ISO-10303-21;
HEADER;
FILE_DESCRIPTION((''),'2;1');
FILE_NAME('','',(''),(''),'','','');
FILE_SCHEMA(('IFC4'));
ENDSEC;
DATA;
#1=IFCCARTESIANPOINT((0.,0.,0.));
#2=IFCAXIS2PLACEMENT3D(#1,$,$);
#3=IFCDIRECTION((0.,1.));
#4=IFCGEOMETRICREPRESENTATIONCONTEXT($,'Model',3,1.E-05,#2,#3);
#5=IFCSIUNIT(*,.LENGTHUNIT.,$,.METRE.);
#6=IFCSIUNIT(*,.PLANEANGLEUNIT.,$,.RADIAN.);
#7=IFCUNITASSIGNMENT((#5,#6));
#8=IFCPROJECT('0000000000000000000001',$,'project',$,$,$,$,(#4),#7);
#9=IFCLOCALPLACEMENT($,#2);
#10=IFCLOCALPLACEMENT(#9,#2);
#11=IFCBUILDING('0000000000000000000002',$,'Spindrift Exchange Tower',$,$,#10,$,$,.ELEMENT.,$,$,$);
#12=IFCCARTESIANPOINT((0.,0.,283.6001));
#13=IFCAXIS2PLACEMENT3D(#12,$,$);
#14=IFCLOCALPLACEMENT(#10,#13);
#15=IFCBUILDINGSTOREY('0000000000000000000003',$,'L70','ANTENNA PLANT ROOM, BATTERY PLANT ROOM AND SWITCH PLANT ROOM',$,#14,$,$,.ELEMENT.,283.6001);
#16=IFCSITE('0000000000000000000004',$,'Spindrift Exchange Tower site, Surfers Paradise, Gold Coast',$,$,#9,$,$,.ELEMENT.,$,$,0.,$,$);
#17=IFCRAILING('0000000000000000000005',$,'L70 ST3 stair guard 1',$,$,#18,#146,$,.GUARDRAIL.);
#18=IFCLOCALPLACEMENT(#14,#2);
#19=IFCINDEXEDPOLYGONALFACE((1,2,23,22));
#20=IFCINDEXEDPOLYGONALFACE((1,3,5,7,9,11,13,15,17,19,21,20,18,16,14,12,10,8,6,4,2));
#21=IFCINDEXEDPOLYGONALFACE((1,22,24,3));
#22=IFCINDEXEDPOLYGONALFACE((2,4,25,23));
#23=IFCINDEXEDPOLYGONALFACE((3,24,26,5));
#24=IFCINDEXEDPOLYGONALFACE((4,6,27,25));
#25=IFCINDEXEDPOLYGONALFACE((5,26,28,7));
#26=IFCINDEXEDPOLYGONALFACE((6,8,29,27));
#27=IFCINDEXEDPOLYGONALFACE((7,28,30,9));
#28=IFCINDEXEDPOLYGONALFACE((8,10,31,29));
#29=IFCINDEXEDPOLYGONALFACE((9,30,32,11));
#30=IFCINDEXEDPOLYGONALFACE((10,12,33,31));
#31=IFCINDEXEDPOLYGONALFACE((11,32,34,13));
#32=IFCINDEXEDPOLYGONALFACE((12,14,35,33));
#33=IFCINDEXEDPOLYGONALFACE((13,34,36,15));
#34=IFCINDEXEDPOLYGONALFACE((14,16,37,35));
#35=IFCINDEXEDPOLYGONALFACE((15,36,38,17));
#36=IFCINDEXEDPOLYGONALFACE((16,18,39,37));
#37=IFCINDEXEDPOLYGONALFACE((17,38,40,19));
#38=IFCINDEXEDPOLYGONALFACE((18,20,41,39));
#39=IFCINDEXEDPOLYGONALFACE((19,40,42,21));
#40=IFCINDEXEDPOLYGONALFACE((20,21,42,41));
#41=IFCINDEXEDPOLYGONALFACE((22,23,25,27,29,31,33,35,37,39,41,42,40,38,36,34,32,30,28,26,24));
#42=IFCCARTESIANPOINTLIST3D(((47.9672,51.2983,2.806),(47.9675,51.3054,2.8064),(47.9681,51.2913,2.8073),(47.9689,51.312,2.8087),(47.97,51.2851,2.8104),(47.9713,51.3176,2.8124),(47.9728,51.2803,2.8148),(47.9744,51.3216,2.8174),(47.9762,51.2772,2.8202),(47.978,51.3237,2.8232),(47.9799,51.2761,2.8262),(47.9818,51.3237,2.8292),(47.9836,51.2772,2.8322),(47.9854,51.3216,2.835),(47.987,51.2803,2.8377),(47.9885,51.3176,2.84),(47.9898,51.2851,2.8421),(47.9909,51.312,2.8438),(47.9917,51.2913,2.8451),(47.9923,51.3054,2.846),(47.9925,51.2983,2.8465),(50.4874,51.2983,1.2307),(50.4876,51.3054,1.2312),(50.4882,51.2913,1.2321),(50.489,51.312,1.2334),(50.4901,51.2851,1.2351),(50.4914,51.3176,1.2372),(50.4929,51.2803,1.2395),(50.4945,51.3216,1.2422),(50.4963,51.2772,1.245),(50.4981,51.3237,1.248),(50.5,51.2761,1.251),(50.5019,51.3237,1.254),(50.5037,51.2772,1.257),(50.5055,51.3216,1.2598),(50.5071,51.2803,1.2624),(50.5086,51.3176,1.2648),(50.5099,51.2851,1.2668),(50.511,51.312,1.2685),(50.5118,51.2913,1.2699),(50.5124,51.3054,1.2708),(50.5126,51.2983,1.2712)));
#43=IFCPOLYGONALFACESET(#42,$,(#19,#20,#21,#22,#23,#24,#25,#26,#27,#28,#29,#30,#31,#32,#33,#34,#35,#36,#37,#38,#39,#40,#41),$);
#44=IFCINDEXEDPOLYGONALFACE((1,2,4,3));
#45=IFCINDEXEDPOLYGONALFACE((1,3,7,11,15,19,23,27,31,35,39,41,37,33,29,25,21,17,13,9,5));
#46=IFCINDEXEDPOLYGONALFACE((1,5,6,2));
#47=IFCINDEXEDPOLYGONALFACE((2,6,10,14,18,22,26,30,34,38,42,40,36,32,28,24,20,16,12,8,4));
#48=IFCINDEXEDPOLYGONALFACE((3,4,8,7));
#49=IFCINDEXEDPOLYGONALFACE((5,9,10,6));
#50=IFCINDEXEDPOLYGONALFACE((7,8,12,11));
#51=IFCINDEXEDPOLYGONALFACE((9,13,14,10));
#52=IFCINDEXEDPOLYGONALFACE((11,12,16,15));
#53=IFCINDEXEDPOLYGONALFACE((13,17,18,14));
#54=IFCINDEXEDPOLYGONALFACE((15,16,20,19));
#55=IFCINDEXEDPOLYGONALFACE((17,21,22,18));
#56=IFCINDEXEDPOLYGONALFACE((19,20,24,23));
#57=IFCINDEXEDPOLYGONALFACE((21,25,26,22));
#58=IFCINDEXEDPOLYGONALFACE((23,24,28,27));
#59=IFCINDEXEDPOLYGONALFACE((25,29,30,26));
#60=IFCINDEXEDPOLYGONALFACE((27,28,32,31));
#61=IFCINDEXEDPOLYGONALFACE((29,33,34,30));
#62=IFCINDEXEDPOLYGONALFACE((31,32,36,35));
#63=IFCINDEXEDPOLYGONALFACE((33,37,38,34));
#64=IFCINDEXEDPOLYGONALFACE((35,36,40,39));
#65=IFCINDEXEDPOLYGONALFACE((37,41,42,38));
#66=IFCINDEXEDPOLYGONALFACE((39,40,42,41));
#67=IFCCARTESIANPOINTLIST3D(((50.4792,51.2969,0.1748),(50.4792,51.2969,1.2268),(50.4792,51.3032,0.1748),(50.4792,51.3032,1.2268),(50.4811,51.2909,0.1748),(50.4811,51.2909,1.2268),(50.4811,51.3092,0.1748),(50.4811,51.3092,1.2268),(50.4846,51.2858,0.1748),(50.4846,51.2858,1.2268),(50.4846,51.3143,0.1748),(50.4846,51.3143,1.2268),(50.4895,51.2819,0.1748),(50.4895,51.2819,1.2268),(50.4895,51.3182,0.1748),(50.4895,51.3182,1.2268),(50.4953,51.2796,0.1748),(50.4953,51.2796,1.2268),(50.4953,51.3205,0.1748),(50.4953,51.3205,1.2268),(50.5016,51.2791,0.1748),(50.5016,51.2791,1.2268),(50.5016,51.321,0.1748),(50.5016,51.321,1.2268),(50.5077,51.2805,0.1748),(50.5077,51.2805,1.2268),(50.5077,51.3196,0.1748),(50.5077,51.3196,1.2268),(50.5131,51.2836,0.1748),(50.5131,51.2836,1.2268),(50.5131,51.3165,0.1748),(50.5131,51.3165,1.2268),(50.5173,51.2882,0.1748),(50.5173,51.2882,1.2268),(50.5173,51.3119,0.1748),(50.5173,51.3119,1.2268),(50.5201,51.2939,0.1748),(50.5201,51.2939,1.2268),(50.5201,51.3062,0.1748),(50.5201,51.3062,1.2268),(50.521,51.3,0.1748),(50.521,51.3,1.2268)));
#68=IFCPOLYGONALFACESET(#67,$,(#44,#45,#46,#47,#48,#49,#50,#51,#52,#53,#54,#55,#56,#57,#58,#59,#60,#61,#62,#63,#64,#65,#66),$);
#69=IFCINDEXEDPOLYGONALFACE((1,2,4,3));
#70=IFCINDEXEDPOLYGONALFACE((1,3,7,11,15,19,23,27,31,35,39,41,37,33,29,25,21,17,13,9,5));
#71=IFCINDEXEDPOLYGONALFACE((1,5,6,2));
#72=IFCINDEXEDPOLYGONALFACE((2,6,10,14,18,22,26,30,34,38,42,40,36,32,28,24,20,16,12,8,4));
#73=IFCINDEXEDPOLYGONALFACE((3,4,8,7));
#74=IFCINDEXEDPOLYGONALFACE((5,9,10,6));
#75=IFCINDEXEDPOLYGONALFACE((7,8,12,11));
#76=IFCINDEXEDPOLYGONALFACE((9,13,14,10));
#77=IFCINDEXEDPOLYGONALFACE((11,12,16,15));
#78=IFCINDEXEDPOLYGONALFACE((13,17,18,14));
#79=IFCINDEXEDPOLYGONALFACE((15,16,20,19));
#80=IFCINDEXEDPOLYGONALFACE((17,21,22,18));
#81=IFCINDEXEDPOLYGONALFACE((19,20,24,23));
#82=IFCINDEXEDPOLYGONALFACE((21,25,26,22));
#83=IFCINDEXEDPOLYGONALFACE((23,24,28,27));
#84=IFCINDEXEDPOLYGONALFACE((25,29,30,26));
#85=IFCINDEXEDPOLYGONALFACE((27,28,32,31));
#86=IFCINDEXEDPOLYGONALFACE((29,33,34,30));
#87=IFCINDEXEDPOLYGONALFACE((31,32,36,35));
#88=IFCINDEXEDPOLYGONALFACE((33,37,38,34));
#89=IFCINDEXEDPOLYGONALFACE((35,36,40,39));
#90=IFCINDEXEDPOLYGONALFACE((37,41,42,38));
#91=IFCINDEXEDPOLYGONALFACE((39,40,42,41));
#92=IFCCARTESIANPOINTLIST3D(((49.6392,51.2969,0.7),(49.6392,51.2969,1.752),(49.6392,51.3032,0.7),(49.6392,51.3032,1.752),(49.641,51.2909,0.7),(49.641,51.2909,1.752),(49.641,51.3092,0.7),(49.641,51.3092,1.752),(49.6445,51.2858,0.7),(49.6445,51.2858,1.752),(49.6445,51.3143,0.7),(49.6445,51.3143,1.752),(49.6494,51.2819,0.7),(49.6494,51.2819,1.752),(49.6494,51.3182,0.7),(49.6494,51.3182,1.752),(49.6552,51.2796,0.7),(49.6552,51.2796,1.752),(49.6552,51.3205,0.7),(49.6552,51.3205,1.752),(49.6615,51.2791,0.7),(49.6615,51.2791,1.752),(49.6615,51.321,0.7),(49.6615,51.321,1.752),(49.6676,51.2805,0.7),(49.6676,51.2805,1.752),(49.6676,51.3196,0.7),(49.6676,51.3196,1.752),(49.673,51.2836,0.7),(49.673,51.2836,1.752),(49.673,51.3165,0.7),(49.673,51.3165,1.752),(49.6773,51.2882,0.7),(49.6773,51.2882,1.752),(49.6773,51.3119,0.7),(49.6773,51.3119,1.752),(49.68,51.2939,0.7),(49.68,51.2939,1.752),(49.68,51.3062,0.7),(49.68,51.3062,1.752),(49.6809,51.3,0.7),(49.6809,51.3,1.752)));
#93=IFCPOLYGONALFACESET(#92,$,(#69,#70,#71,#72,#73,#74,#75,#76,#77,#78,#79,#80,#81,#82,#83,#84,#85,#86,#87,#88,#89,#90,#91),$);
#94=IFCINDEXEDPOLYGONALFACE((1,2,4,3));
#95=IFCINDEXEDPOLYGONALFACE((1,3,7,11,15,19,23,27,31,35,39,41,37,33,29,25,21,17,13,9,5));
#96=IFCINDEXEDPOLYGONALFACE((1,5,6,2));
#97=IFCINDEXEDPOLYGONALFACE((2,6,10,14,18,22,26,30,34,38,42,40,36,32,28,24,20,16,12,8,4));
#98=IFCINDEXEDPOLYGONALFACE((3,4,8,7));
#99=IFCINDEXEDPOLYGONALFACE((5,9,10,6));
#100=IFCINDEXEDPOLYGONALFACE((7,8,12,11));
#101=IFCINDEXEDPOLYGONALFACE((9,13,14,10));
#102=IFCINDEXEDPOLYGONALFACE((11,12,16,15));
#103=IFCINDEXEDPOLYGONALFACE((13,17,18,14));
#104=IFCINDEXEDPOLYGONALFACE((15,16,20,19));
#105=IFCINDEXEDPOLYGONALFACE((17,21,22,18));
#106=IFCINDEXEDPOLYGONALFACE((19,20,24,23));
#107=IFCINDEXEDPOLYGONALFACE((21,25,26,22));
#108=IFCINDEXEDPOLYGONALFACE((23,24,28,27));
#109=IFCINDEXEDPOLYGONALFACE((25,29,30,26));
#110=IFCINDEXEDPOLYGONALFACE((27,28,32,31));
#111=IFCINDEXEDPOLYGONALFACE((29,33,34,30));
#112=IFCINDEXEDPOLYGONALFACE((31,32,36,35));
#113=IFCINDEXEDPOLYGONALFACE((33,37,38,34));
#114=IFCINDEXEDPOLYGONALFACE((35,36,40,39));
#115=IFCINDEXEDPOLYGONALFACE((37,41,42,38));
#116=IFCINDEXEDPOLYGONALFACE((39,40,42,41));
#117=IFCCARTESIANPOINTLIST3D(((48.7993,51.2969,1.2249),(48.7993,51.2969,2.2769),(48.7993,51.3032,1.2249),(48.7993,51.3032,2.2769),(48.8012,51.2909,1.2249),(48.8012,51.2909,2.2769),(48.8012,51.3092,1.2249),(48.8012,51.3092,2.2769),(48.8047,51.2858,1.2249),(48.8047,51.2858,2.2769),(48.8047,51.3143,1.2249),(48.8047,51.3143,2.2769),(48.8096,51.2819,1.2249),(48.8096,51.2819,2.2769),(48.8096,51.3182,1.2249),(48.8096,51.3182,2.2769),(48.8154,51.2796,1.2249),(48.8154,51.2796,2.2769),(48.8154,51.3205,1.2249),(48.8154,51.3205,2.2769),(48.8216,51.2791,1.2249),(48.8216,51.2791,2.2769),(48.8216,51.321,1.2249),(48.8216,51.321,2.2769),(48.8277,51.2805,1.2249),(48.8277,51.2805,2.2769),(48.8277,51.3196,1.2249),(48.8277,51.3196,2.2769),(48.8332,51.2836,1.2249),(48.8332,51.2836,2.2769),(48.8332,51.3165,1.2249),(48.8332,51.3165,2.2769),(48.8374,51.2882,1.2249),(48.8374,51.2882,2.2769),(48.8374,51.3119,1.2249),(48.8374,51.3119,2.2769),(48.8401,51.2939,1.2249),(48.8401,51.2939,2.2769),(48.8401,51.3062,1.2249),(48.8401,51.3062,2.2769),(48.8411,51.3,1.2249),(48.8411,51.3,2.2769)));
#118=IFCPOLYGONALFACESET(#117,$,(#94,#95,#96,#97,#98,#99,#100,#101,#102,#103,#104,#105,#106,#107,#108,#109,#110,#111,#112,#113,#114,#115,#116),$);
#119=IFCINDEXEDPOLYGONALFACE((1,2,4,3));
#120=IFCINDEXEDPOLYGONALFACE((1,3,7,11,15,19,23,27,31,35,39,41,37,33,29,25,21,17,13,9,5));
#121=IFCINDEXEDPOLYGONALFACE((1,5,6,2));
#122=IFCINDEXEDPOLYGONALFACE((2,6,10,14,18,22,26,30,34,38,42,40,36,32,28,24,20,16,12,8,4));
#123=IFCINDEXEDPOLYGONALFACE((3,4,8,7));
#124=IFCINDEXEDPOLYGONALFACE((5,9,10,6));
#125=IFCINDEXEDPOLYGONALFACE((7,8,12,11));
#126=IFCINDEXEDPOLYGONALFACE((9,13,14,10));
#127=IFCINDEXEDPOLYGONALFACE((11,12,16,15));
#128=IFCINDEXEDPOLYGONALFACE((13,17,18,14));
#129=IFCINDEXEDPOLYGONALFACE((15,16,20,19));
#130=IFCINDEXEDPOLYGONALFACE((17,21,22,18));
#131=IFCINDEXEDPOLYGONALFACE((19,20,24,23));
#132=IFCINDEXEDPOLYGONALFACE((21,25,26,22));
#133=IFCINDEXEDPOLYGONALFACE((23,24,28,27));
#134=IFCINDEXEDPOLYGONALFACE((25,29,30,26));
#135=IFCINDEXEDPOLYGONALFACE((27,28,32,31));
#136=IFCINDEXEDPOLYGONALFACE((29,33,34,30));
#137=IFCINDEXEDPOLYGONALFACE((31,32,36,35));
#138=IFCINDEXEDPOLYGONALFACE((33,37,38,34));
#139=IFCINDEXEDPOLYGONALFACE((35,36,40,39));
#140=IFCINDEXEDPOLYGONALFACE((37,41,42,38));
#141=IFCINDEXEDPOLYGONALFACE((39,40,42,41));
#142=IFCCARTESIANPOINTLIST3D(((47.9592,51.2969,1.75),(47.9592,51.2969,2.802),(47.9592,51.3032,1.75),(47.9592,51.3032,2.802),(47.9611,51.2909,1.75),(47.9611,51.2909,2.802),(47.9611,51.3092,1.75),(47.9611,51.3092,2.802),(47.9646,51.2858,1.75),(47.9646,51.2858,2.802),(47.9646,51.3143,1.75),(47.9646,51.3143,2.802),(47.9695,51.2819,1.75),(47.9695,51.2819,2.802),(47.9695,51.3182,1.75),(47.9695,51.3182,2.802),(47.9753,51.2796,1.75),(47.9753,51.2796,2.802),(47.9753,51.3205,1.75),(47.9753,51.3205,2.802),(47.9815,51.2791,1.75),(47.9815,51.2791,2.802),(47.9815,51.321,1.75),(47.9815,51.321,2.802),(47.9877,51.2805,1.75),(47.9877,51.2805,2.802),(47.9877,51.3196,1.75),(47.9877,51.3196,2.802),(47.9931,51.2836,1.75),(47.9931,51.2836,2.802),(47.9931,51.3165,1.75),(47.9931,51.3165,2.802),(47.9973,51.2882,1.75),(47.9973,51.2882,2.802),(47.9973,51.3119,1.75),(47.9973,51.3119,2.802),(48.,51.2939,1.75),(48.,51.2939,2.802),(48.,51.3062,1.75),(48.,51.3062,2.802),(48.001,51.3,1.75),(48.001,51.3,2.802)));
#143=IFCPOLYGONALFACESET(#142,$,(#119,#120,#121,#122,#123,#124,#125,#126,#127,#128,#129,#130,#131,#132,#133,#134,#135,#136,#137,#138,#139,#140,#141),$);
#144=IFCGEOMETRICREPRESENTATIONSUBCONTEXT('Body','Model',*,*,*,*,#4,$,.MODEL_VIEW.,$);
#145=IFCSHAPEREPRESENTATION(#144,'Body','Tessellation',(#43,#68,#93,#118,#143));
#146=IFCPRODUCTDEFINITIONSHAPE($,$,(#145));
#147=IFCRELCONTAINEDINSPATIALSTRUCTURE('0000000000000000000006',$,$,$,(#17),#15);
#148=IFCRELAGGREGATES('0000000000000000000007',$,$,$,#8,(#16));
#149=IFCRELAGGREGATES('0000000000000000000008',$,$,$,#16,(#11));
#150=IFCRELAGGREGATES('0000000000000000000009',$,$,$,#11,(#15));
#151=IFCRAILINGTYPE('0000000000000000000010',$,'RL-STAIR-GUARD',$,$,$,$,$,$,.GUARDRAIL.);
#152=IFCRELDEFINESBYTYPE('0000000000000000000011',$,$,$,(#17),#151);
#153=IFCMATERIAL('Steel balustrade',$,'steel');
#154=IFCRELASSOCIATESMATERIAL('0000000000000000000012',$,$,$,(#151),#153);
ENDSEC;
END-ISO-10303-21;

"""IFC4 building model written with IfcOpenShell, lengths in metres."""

from ifc_helpers import new_model, si_unit, direction, frame, origin, origin_2d, place, context, subcontext, project, spatial, circle, extrude, material, type_object, element, save


model = new_model("IFC4")

# Units and contexts
model_context = context("Model", 3, precision=1e-05, world=origin(), true_north=direction((0.0, 1.0)))
body_context = subcontext(model_context, "Body", "Model", "MODEL_VIEW")
ifc_project = project(units=[si_unit("LENGTHUNIT", "METRE"), si_unit("PLANEANGLEUNIT", "RADIAN")], contexts=[model_context])

# Site, building, storey
site_placement = place(None, origin())
site = spatial("IfcSite", under=ifc_project, at=site_placement, Name="Spindrift Exchange Tower site, Surfers Paradise, Gold Coast", CompositionType="ELEMENT", RefElevation=0.0)
building_placement = place(site_placement, origin())
building = spatial("IfcBuilding", under=site, at=building_placement, Name="Spindrift Exchange Tower", CompositionType="ELEMENT")
storey_placement = place(building_placement, frame((0.0, 0.0, 283.6001)))
storey = spatial("IfcBuildingStorey", under=building, at=storey_placement, Name="L70", Description="ANTENNA PLANT ROOM, BATTERY PLANT ROOM AND SWITCH PLANT ROOM", CompositionType="ELEMENT", Elevation=283.6001)

# Railing
ifc_material_1 = material(Name="Steel balustrade", Category="steel")
railing_type_1 = type_object("IfcRailingType", Name="RL-STAIR-GUARD", PredefinedType="GUARDRAIL", material=ifc_material_1)
railing_1_placement = place(storey_placement, frame((50.5, 51.3, 0.1748)))
element("IfcRailing", 1, at=railing_1_placement, inside=storey, type_object=railing_type_1, Name="L70 ST3 stair guard 1", PredefinedType="GUARDRAIL", context=body_context, shape_type="SweptSolid", body=[
    extrude(circle(Radius=0.0239, at=origin_2d()), frame((0.0, 0.0, 1.0762), z_axis=(-0.847971, 0.0, 0.530043), x_axis=(0.0, -1.0, 0.0)), (0.0, 0.0, 1.0), 2.9719),
    extrude(circle(Radius=0.021, at=origin_2d()), origin(), (0.0, 0.0, 1.0), 1.052),
    extrude(circle(Radius=0.021, at=origin_2d()), frame((-0.8401, 0.0, 0.5251)), (0.0, 0.0, 1.0), 1.052),
    extrude(circle(Radius=0.021, at=origin_2d()), frame((-1.6799, 0.0, 1.05)), (0.0, 0.0, 1.0), 1.052),
    extrude(circle(Radius=0.021, at=origin_2d()), frame((-2.52, 0.0, 1.5752)), (0.0, 0.0, 1.0), 1.052),
])

save(model, "model.ifc")
